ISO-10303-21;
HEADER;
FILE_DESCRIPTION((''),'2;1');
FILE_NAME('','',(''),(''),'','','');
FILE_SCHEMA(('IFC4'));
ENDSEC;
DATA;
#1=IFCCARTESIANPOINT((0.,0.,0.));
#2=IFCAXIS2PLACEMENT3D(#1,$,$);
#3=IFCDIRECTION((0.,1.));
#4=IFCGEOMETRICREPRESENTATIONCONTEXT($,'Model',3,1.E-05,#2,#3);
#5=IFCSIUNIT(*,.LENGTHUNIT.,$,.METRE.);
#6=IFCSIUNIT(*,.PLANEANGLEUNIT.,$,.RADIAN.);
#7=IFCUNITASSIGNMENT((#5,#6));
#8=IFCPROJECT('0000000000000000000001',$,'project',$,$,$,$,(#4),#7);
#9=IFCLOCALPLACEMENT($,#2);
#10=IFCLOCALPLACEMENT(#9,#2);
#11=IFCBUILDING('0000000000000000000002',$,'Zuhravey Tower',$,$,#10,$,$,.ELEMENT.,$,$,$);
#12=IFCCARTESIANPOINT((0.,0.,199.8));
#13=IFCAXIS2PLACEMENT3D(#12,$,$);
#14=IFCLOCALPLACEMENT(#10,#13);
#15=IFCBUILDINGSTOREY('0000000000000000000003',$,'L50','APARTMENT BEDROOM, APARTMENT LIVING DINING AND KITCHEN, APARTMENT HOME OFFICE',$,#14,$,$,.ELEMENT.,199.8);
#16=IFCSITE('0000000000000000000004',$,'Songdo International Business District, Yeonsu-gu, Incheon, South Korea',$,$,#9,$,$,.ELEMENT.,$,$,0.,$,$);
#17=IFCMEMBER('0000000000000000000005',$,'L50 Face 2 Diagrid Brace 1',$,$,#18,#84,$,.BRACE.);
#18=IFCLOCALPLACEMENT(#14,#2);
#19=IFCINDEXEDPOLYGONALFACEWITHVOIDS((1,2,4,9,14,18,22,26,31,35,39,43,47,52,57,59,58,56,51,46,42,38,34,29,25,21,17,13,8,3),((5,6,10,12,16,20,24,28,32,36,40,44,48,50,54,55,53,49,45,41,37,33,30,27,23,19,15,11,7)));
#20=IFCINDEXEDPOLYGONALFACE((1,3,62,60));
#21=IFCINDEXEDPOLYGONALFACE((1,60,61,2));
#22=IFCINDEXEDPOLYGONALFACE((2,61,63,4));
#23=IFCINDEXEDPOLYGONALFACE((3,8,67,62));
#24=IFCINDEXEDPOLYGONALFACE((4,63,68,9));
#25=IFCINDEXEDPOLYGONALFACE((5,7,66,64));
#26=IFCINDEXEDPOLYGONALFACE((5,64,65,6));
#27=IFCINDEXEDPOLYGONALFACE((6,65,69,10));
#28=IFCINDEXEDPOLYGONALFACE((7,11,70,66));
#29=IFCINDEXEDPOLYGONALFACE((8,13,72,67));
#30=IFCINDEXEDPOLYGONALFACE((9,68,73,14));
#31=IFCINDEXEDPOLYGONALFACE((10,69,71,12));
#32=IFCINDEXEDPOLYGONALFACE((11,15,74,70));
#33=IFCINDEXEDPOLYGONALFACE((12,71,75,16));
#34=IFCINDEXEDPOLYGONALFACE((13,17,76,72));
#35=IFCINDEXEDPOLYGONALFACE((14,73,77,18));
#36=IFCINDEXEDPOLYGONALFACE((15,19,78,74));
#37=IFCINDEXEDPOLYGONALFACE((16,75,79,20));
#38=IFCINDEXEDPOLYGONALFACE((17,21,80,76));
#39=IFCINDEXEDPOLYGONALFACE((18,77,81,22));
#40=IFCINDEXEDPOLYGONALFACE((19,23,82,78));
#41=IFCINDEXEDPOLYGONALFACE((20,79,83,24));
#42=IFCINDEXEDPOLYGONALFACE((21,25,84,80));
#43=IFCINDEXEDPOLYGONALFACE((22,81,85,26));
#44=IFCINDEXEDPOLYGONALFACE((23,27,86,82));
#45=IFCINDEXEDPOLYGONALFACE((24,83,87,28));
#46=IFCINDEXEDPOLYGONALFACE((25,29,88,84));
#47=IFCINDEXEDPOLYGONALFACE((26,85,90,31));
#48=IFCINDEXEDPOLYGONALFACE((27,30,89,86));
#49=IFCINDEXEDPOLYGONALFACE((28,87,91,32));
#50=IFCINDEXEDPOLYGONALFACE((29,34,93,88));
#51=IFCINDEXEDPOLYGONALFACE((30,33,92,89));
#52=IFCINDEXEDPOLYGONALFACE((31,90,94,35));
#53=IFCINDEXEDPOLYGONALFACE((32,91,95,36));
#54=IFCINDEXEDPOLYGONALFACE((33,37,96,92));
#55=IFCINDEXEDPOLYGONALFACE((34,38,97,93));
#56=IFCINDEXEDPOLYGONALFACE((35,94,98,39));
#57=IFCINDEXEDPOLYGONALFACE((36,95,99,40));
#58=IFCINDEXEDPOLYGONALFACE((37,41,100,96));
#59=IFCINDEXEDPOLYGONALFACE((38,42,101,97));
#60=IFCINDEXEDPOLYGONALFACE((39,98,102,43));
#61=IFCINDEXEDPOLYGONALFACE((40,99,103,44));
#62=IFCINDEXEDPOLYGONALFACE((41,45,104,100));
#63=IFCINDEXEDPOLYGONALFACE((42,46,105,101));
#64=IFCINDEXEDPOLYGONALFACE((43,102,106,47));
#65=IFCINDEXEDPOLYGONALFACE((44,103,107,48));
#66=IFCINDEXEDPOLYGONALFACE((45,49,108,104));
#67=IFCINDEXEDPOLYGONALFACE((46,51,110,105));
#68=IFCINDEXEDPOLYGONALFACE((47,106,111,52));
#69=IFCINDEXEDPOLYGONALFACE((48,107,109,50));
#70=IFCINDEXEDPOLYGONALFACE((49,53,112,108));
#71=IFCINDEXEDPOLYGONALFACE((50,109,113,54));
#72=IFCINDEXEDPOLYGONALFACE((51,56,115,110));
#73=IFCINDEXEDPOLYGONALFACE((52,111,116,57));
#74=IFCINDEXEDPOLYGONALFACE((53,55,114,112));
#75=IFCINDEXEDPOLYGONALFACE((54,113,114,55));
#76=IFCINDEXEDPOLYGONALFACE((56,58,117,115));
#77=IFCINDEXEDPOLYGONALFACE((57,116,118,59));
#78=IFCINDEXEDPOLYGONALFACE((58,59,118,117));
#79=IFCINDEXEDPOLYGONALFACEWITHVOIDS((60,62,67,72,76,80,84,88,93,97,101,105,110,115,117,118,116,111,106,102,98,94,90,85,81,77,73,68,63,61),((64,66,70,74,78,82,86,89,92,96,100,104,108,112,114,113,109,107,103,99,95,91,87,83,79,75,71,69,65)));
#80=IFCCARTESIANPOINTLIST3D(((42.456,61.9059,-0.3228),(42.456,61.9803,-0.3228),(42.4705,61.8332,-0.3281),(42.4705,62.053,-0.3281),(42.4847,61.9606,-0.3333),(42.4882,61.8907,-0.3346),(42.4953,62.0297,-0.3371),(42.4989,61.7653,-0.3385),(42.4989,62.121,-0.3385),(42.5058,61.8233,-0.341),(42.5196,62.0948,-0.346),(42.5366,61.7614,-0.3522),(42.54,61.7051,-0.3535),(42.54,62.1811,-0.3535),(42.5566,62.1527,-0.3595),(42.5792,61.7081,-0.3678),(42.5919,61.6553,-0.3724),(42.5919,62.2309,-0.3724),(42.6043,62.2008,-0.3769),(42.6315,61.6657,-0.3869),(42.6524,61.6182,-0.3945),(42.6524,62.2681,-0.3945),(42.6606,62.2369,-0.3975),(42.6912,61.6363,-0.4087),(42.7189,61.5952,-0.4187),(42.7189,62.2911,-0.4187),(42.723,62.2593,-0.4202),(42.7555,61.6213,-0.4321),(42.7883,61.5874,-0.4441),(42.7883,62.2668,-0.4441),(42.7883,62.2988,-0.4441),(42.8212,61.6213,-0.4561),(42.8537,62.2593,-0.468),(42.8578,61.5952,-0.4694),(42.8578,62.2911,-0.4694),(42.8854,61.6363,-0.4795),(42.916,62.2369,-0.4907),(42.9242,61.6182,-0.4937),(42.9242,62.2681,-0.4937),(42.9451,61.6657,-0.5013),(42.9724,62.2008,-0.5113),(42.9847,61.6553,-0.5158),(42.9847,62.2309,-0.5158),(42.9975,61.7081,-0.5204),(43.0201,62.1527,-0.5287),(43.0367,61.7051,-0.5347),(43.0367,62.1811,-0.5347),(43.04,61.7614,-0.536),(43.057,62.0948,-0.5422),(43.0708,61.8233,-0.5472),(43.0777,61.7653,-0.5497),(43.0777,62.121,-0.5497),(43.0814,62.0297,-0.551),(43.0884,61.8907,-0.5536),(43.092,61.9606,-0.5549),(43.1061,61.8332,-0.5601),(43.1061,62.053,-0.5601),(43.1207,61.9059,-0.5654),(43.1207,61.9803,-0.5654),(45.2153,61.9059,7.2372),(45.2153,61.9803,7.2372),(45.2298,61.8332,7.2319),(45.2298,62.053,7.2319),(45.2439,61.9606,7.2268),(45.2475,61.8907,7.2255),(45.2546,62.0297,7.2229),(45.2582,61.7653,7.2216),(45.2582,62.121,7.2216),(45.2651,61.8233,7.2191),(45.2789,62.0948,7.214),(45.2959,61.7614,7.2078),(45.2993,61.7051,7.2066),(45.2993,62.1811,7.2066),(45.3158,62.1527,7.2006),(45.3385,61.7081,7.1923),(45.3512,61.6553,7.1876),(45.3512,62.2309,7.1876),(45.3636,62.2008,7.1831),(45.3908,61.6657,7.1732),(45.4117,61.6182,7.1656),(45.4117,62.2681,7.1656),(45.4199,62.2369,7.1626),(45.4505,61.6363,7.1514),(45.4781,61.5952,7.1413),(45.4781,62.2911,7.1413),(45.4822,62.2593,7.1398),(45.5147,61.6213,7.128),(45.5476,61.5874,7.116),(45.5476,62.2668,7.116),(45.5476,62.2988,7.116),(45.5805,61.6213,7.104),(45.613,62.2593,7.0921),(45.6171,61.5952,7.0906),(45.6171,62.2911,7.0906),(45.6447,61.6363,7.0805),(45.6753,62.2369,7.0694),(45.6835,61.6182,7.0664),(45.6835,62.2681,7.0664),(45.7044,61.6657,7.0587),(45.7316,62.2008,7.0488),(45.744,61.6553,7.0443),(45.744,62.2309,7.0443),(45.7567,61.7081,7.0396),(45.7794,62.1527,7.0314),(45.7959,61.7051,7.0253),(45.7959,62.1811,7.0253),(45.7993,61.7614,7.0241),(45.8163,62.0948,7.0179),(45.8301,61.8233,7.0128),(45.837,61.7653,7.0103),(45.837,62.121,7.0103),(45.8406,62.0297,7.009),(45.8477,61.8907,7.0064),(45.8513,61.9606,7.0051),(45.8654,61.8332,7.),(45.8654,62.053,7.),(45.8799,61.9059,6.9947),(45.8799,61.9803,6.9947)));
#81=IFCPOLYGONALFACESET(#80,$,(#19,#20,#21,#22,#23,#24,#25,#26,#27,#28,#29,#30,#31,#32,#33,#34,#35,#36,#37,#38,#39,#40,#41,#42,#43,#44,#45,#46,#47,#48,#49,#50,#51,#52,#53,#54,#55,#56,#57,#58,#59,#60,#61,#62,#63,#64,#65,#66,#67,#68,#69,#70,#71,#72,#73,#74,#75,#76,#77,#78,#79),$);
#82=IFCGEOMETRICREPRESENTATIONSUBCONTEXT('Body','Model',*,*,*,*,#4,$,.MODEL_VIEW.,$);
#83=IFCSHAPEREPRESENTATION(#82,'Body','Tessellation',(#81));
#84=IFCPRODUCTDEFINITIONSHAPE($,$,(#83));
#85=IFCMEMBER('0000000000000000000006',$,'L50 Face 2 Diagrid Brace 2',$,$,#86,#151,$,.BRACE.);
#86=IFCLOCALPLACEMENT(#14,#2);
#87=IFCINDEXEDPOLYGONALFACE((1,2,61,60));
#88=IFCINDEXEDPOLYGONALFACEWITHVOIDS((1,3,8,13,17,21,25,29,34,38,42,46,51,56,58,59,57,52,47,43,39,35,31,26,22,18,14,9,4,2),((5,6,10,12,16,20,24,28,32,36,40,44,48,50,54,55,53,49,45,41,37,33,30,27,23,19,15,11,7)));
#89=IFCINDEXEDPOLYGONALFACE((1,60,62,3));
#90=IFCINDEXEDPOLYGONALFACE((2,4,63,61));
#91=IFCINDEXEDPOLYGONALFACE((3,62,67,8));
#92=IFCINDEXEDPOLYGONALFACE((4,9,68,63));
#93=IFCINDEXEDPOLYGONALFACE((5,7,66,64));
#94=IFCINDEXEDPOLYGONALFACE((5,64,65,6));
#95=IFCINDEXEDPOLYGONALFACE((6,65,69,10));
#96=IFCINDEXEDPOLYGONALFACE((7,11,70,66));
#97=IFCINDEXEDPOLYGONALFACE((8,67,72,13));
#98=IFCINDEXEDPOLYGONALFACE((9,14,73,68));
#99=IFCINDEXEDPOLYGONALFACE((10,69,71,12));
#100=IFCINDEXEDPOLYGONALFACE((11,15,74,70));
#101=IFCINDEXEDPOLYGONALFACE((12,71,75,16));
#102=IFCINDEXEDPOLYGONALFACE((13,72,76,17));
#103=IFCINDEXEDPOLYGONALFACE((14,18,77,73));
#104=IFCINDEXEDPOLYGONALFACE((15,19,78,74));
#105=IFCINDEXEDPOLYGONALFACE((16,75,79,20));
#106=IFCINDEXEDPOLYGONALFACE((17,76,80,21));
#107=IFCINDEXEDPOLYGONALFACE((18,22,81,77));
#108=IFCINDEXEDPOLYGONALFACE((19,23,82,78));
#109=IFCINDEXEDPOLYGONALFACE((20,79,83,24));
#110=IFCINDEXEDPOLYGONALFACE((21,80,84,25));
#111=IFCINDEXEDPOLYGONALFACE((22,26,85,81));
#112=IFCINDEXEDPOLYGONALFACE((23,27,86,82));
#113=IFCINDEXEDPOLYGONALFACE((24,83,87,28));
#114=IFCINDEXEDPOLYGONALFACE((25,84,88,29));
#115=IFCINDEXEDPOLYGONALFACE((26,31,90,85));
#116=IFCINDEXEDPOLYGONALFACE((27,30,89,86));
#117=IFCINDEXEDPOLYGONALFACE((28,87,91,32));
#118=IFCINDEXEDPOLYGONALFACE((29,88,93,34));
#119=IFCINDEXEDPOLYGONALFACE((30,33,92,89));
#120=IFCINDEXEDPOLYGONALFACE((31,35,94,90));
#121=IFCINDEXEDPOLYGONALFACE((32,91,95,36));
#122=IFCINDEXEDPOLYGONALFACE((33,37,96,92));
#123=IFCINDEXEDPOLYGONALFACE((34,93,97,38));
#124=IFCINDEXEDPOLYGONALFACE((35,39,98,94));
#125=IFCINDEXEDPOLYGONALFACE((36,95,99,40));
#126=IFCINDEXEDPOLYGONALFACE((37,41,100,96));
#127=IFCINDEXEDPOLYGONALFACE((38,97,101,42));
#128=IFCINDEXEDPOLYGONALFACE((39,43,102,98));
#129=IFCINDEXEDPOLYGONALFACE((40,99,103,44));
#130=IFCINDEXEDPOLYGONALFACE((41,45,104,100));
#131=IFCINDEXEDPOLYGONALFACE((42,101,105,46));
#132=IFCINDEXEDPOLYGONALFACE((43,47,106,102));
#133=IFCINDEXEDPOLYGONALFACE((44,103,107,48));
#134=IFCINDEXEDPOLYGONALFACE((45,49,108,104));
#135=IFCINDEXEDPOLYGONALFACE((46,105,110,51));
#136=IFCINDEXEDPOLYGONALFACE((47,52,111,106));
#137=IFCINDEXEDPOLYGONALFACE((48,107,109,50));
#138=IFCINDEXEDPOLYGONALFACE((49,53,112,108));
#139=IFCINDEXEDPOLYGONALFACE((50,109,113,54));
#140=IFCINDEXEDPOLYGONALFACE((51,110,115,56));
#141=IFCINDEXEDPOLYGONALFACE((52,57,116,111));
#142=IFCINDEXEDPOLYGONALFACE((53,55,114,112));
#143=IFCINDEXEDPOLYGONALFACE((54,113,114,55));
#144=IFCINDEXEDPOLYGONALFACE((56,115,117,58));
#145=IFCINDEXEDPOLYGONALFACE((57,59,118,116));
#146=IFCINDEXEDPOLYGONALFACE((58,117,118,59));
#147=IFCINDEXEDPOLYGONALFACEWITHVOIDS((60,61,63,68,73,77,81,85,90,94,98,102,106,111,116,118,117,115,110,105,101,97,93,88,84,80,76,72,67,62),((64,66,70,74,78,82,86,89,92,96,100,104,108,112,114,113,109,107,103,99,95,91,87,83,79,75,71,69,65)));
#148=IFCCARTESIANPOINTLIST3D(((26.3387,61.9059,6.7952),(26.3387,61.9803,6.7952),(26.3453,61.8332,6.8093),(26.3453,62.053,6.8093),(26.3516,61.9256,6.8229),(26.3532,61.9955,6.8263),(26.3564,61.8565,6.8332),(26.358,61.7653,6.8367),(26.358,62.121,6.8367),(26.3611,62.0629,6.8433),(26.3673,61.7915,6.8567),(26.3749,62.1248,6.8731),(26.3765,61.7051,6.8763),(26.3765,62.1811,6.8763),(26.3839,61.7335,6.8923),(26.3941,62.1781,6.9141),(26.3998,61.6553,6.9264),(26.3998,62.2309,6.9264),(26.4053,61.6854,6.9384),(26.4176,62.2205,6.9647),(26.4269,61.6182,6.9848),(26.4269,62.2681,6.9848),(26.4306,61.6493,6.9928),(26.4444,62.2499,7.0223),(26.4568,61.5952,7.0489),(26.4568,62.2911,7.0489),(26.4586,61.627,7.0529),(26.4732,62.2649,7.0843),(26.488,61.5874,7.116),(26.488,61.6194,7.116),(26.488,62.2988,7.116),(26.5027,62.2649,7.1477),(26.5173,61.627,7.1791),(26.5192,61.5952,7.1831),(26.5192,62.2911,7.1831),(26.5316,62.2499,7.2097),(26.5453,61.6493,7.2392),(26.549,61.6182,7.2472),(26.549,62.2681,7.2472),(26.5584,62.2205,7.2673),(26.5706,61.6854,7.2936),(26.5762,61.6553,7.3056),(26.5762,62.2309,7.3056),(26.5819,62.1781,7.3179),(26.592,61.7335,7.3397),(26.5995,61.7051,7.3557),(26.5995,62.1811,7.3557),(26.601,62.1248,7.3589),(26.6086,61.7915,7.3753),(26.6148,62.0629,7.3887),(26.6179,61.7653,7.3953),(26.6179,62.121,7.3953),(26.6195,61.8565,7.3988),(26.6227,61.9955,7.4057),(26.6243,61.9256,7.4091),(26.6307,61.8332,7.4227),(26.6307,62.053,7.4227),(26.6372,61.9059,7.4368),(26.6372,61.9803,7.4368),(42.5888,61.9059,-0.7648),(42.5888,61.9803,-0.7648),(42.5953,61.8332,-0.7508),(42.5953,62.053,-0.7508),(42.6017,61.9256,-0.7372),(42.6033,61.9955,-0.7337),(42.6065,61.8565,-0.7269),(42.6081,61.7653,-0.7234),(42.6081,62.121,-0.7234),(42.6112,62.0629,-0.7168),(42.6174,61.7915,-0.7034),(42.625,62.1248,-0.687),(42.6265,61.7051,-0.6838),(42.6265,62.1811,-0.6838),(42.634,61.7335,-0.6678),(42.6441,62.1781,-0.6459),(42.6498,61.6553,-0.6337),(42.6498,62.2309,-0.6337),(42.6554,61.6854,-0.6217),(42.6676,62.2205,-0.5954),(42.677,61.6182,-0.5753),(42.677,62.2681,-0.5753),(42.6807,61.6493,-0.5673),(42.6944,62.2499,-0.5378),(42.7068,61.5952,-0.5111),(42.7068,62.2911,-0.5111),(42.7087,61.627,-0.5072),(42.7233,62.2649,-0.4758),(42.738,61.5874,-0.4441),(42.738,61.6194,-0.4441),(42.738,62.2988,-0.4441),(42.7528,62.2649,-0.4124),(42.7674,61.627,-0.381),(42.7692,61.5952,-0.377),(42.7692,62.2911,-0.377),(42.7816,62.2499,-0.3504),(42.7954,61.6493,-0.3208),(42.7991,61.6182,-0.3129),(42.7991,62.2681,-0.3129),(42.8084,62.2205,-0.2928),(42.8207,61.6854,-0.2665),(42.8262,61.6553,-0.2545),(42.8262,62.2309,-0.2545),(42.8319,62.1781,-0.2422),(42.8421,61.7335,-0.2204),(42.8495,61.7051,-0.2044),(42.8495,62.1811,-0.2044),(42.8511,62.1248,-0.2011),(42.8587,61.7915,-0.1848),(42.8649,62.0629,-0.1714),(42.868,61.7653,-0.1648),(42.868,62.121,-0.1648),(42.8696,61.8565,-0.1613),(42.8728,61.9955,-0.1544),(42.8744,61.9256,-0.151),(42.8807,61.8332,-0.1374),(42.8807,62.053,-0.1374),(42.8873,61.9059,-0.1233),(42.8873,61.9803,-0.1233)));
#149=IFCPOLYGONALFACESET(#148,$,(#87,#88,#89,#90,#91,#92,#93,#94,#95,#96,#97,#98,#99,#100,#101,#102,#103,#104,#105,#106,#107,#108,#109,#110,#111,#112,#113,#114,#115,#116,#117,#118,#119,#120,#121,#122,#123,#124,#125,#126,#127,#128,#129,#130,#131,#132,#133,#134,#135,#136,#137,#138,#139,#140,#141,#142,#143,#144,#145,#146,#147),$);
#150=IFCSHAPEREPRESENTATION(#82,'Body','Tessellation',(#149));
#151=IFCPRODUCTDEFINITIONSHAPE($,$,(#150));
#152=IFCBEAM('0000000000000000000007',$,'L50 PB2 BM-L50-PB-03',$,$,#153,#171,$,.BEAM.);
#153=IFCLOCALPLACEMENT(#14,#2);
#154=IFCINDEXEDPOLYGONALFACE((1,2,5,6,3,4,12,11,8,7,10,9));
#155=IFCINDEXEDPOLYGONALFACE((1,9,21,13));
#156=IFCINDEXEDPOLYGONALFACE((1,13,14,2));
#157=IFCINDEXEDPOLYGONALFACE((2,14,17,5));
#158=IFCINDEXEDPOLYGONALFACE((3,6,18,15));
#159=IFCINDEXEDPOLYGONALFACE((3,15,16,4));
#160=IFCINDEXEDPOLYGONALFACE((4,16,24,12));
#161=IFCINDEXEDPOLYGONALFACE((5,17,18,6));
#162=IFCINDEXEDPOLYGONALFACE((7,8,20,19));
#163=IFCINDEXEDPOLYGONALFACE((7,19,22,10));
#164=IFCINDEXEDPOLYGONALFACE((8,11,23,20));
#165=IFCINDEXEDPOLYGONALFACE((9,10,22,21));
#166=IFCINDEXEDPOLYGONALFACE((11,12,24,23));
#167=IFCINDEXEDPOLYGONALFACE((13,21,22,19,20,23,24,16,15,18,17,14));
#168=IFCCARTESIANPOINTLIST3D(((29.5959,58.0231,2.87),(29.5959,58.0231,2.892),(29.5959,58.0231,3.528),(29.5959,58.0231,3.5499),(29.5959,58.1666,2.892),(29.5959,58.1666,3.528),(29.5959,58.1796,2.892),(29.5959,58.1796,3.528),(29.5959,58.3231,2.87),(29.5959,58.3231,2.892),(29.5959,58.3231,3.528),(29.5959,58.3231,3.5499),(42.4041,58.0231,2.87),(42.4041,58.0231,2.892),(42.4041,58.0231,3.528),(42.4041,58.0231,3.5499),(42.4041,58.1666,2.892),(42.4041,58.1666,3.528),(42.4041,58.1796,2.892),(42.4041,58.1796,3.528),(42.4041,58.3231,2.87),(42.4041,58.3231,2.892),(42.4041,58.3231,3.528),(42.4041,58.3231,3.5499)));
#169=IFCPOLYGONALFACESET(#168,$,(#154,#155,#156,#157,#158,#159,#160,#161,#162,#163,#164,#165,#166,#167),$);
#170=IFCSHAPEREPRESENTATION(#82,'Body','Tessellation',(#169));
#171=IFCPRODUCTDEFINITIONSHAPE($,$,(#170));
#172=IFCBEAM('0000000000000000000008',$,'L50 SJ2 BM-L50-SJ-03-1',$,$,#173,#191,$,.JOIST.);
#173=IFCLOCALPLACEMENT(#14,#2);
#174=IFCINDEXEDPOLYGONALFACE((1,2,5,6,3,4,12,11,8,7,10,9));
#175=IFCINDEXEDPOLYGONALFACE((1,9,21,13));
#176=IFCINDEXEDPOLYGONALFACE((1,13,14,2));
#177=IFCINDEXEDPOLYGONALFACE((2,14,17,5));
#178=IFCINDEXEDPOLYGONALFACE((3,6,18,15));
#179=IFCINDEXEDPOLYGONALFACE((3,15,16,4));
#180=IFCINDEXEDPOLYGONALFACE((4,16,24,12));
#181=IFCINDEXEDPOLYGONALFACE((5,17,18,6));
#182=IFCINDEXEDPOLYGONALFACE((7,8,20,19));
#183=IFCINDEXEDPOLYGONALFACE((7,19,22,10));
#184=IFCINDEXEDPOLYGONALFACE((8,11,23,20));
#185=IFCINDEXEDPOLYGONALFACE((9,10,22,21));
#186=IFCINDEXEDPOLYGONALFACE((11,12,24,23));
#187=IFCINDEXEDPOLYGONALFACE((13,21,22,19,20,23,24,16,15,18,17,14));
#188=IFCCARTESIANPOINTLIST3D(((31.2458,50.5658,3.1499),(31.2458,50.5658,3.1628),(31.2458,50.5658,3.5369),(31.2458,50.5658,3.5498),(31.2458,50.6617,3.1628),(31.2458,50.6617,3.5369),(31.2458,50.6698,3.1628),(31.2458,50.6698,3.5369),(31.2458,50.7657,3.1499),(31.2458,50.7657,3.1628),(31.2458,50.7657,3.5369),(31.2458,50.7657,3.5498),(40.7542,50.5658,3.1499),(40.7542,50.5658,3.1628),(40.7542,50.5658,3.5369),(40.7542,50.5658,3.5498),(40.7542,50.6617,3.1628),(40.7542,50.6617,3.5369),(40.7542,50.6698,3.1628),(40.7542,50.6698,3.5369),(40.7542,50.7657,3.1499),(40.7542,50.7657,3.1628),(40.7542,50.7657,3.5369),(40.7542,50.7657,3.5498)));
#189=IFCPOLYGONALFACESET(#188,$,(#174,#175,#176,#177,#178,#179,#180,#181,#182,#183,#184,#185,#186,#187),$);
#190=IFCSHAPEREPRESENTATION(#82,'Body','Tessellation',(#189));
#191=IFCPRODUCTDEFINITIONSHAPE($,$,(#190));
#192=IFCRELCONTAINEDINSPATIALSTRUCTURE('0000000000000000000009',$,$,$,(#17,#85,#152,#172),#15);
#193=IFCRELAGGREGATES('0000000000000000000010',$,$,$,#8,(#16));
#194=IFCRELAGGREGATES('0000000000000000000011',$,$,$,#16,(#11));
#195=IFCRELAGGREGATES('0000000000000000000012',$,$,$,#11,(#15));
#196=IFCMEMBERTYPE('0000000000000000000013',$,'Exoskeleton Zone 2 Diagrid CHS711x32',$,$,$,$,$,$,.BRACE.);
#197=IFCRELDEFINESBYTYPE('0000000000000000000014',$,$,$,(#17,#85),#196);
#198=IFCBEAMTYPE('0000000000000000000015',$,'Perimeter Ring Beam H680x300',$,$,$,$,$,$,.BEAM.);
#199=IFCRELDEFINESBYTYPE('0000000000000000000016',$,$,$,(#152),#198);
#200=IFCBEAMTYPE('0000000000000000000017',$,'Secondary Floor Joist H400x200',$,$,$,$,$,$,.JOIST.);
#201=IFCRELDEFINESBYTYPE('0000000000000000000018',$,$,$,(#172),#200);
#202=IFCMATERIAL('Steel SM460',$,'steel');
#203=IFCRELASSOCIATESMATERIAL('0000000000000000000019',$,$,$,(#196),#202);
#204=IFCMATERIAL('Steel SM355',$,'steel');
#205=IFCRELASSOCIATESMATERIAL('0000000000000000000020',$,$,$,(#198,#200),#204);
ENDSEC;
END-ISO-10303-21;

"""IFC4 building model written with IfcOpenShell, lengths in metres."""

from ifc_helpers import new_model, si_unit, direction, frame, origin, origin_2d, place, context, subcontext, project, spatial, hollow_circle, i_section, extrude, material, material_profile, profile_set, type_object, element, save


model = new_model("IFC4")

# Units and contexts
model_context = context("Model", 3, precision=1e-05, world=origin(), true_north=direction((0.0, 1.0)))
body_context = subcontext(model_context, "Body", "Model", "MODEL_VIEW")
ifc_project = project(units=[si_unit("LENGTHUNIT", "METRE"), si_unit("PLANEANGLEUNIT", "RADIAN")], contexts=[model_context])

# Site, building, storey
site_placement = place(None, origin())
site = spatial("IfcSite", under=ifc_project, at=site_placement, Name="Songdo International Business District, Yeonsu-gu, Incheon, South Korea", CompositionType="ELEMENT", RefElevation=0.0)
building_placement = place(site_placement, origin())
building = spatial("IfcBuilding", under=site, at=building_placement, Name="Zuhravey Tower", CompositionType="ELEMENT")
storey_placement = place(building_placement, frame((0.0, 0.0, 199.8)))
storey = spatial("IfcBuildingStorey", under=building, at=storey_placement, Name="L50", Description="APARTMENT BEDROOM, APARTMENT LIVING DINING AND KITCHEN, APARTMENT HOME OFFICE", CompositionType="ELEMENT", Elevation=199.8)

# Members
ifc_material_1 = material(Name="Steel SM355", Category="steel")
ifc_material_2 = material(Name="Steel SM460", Category="steel")
ifc_material_profile_1 = material_profile(ifc_material_2, hollow_circle(Radius=0.3557, WallThickness=0.032, at=origin_2d()), Name="CHS-711.2x32")
ifc_profile_set_1 = profile_set([ifc_material_profile_1], Name="Steel SM460")
member_type_1 = type_object("IfcMemberType", Name="Exoskeleton Zone 2 Diagrid CHS711x32", PredefinedType="BRACE", material=ifc_profile_set_1)
member_1_placement = place(storey_placement, frame((42.7883, 61.9431, -0.4441), z_axis=(0.342858, 0.0, 0.939387), x_axis=(0.0, 1.0, 0.0)))
element("IfcMember", 1, at=member_1_placement, inside=storey, type_object=member_type_1, Name="L50 Face 2 Diagrid Brace 1", PredefinedType="BRACE", context=body_context, shape_type="SweptSolid", body=[
    extrude(hollow_circle(Radius=0.3557, WallThickness=0.032, at=origin_2d()), origin(), (0.0, 0.0, 1.0), 8.0479),
])
member_2_placement = place(storey_placement, frame((42.738, 61.9431, -0.4441), z_axis=(-0.90668, 0.0, 0.421819), x_axis=(0.0, -1.0, 0.0)))
element("IfcMember", 2, at=member_2_placement, inside=storey, type_object=member_type_1, Name="L50 Face 2 Diagrid Brace 2", PredefinedType="BRACE", context=body_context, shape_type="SweptSolid", body=[
    extrude(hollow_circle(Radius=0.3557, WallThickness=0.032, at=origin_2d()), origin(), (0.0, 0.0, 1.0), 17.9226),
])

# Beams
ifc_material_profile_2 = material_profile(ifc_material_1, i_section(OverallWidth=0.3, OverallDepth=0.6799, WebThickness=0.0129, FlangeThickness=0.022, at=origin_2d()), Name="H-680x300x13x22")
ifc_profile_set_2 = profile_set([ifc_material_profile_2], Name="Steel SM355")
beam_type_1 = type_object("IfcBeamType", Name="Perimeter Ring Beam H680x300", PredefinedType="BEAM", material=ifc_profile_set_2)
beam_1_placement = place(storey_placement, frame((42.4041, 58.1731, 3.21), z_axis=(-1.0, 0.0, 0.0), x_axis=(0.0, -1.0, 0.0)))
element("IfcBeam", 3, at=beam_1_placement, inside=storey, type_object=beam_type_1, Name="L50 PB2 BM-L50-PB-03", PredefinedType="BEAM", context=body_context, shape_type="SweptSolid", body=[
    extrude(i_section(OverallWidth=0.3, OverallDepth=0.6799, WebThickness=0.0129, FlangeThickness=0.022, at=origin_2d()), origin(), (0.0, 0.0, 1.0), 12.8081),
])
ifc_material_profile_3 = material_profile(ifc_material_1, i_section(OverallWidth=0.2, OverallDepth=0.3999, WebThickness=0.0081, FlangeThickness=0.0129, at=origin_2d()), Name="H-400x200x8x13")
ifc_profile_set_3 = profile_set([ifc_material_profile_3], Name="Steel SM355")
beam_type_2 = type_object("IfcBeamType", Name="Secondary Floor Joist H400x200", PredefinedType="JOIST", material=ifc_profile_set_3)
beam_2_placement = place(storey_placement, frame((40.7542, 50.6658, 3.3499), z_axis=(-1.0, 0.0, 0.0), x_axis=(0.0, -1.0, 0.0)))
element("IfcBeam", 4, at=beam_2_placement, inside=storey, type_object=beam_type_2, Name="L50 SJ2 BM-L50-SJ-03-1", PredefinedType="JOIST", context=body_context, shape_type="SweptSolid", body=[
    extrude(i_section(OverallWidth=0.2, OverallDepth=0.3999, WebThickness=0.0081, FlangeThickness=0.0129, at=origin_2d()), origin(), (0.0, 0.0, 1.0), 9.5083),
])

save(model, "model.ifc")
